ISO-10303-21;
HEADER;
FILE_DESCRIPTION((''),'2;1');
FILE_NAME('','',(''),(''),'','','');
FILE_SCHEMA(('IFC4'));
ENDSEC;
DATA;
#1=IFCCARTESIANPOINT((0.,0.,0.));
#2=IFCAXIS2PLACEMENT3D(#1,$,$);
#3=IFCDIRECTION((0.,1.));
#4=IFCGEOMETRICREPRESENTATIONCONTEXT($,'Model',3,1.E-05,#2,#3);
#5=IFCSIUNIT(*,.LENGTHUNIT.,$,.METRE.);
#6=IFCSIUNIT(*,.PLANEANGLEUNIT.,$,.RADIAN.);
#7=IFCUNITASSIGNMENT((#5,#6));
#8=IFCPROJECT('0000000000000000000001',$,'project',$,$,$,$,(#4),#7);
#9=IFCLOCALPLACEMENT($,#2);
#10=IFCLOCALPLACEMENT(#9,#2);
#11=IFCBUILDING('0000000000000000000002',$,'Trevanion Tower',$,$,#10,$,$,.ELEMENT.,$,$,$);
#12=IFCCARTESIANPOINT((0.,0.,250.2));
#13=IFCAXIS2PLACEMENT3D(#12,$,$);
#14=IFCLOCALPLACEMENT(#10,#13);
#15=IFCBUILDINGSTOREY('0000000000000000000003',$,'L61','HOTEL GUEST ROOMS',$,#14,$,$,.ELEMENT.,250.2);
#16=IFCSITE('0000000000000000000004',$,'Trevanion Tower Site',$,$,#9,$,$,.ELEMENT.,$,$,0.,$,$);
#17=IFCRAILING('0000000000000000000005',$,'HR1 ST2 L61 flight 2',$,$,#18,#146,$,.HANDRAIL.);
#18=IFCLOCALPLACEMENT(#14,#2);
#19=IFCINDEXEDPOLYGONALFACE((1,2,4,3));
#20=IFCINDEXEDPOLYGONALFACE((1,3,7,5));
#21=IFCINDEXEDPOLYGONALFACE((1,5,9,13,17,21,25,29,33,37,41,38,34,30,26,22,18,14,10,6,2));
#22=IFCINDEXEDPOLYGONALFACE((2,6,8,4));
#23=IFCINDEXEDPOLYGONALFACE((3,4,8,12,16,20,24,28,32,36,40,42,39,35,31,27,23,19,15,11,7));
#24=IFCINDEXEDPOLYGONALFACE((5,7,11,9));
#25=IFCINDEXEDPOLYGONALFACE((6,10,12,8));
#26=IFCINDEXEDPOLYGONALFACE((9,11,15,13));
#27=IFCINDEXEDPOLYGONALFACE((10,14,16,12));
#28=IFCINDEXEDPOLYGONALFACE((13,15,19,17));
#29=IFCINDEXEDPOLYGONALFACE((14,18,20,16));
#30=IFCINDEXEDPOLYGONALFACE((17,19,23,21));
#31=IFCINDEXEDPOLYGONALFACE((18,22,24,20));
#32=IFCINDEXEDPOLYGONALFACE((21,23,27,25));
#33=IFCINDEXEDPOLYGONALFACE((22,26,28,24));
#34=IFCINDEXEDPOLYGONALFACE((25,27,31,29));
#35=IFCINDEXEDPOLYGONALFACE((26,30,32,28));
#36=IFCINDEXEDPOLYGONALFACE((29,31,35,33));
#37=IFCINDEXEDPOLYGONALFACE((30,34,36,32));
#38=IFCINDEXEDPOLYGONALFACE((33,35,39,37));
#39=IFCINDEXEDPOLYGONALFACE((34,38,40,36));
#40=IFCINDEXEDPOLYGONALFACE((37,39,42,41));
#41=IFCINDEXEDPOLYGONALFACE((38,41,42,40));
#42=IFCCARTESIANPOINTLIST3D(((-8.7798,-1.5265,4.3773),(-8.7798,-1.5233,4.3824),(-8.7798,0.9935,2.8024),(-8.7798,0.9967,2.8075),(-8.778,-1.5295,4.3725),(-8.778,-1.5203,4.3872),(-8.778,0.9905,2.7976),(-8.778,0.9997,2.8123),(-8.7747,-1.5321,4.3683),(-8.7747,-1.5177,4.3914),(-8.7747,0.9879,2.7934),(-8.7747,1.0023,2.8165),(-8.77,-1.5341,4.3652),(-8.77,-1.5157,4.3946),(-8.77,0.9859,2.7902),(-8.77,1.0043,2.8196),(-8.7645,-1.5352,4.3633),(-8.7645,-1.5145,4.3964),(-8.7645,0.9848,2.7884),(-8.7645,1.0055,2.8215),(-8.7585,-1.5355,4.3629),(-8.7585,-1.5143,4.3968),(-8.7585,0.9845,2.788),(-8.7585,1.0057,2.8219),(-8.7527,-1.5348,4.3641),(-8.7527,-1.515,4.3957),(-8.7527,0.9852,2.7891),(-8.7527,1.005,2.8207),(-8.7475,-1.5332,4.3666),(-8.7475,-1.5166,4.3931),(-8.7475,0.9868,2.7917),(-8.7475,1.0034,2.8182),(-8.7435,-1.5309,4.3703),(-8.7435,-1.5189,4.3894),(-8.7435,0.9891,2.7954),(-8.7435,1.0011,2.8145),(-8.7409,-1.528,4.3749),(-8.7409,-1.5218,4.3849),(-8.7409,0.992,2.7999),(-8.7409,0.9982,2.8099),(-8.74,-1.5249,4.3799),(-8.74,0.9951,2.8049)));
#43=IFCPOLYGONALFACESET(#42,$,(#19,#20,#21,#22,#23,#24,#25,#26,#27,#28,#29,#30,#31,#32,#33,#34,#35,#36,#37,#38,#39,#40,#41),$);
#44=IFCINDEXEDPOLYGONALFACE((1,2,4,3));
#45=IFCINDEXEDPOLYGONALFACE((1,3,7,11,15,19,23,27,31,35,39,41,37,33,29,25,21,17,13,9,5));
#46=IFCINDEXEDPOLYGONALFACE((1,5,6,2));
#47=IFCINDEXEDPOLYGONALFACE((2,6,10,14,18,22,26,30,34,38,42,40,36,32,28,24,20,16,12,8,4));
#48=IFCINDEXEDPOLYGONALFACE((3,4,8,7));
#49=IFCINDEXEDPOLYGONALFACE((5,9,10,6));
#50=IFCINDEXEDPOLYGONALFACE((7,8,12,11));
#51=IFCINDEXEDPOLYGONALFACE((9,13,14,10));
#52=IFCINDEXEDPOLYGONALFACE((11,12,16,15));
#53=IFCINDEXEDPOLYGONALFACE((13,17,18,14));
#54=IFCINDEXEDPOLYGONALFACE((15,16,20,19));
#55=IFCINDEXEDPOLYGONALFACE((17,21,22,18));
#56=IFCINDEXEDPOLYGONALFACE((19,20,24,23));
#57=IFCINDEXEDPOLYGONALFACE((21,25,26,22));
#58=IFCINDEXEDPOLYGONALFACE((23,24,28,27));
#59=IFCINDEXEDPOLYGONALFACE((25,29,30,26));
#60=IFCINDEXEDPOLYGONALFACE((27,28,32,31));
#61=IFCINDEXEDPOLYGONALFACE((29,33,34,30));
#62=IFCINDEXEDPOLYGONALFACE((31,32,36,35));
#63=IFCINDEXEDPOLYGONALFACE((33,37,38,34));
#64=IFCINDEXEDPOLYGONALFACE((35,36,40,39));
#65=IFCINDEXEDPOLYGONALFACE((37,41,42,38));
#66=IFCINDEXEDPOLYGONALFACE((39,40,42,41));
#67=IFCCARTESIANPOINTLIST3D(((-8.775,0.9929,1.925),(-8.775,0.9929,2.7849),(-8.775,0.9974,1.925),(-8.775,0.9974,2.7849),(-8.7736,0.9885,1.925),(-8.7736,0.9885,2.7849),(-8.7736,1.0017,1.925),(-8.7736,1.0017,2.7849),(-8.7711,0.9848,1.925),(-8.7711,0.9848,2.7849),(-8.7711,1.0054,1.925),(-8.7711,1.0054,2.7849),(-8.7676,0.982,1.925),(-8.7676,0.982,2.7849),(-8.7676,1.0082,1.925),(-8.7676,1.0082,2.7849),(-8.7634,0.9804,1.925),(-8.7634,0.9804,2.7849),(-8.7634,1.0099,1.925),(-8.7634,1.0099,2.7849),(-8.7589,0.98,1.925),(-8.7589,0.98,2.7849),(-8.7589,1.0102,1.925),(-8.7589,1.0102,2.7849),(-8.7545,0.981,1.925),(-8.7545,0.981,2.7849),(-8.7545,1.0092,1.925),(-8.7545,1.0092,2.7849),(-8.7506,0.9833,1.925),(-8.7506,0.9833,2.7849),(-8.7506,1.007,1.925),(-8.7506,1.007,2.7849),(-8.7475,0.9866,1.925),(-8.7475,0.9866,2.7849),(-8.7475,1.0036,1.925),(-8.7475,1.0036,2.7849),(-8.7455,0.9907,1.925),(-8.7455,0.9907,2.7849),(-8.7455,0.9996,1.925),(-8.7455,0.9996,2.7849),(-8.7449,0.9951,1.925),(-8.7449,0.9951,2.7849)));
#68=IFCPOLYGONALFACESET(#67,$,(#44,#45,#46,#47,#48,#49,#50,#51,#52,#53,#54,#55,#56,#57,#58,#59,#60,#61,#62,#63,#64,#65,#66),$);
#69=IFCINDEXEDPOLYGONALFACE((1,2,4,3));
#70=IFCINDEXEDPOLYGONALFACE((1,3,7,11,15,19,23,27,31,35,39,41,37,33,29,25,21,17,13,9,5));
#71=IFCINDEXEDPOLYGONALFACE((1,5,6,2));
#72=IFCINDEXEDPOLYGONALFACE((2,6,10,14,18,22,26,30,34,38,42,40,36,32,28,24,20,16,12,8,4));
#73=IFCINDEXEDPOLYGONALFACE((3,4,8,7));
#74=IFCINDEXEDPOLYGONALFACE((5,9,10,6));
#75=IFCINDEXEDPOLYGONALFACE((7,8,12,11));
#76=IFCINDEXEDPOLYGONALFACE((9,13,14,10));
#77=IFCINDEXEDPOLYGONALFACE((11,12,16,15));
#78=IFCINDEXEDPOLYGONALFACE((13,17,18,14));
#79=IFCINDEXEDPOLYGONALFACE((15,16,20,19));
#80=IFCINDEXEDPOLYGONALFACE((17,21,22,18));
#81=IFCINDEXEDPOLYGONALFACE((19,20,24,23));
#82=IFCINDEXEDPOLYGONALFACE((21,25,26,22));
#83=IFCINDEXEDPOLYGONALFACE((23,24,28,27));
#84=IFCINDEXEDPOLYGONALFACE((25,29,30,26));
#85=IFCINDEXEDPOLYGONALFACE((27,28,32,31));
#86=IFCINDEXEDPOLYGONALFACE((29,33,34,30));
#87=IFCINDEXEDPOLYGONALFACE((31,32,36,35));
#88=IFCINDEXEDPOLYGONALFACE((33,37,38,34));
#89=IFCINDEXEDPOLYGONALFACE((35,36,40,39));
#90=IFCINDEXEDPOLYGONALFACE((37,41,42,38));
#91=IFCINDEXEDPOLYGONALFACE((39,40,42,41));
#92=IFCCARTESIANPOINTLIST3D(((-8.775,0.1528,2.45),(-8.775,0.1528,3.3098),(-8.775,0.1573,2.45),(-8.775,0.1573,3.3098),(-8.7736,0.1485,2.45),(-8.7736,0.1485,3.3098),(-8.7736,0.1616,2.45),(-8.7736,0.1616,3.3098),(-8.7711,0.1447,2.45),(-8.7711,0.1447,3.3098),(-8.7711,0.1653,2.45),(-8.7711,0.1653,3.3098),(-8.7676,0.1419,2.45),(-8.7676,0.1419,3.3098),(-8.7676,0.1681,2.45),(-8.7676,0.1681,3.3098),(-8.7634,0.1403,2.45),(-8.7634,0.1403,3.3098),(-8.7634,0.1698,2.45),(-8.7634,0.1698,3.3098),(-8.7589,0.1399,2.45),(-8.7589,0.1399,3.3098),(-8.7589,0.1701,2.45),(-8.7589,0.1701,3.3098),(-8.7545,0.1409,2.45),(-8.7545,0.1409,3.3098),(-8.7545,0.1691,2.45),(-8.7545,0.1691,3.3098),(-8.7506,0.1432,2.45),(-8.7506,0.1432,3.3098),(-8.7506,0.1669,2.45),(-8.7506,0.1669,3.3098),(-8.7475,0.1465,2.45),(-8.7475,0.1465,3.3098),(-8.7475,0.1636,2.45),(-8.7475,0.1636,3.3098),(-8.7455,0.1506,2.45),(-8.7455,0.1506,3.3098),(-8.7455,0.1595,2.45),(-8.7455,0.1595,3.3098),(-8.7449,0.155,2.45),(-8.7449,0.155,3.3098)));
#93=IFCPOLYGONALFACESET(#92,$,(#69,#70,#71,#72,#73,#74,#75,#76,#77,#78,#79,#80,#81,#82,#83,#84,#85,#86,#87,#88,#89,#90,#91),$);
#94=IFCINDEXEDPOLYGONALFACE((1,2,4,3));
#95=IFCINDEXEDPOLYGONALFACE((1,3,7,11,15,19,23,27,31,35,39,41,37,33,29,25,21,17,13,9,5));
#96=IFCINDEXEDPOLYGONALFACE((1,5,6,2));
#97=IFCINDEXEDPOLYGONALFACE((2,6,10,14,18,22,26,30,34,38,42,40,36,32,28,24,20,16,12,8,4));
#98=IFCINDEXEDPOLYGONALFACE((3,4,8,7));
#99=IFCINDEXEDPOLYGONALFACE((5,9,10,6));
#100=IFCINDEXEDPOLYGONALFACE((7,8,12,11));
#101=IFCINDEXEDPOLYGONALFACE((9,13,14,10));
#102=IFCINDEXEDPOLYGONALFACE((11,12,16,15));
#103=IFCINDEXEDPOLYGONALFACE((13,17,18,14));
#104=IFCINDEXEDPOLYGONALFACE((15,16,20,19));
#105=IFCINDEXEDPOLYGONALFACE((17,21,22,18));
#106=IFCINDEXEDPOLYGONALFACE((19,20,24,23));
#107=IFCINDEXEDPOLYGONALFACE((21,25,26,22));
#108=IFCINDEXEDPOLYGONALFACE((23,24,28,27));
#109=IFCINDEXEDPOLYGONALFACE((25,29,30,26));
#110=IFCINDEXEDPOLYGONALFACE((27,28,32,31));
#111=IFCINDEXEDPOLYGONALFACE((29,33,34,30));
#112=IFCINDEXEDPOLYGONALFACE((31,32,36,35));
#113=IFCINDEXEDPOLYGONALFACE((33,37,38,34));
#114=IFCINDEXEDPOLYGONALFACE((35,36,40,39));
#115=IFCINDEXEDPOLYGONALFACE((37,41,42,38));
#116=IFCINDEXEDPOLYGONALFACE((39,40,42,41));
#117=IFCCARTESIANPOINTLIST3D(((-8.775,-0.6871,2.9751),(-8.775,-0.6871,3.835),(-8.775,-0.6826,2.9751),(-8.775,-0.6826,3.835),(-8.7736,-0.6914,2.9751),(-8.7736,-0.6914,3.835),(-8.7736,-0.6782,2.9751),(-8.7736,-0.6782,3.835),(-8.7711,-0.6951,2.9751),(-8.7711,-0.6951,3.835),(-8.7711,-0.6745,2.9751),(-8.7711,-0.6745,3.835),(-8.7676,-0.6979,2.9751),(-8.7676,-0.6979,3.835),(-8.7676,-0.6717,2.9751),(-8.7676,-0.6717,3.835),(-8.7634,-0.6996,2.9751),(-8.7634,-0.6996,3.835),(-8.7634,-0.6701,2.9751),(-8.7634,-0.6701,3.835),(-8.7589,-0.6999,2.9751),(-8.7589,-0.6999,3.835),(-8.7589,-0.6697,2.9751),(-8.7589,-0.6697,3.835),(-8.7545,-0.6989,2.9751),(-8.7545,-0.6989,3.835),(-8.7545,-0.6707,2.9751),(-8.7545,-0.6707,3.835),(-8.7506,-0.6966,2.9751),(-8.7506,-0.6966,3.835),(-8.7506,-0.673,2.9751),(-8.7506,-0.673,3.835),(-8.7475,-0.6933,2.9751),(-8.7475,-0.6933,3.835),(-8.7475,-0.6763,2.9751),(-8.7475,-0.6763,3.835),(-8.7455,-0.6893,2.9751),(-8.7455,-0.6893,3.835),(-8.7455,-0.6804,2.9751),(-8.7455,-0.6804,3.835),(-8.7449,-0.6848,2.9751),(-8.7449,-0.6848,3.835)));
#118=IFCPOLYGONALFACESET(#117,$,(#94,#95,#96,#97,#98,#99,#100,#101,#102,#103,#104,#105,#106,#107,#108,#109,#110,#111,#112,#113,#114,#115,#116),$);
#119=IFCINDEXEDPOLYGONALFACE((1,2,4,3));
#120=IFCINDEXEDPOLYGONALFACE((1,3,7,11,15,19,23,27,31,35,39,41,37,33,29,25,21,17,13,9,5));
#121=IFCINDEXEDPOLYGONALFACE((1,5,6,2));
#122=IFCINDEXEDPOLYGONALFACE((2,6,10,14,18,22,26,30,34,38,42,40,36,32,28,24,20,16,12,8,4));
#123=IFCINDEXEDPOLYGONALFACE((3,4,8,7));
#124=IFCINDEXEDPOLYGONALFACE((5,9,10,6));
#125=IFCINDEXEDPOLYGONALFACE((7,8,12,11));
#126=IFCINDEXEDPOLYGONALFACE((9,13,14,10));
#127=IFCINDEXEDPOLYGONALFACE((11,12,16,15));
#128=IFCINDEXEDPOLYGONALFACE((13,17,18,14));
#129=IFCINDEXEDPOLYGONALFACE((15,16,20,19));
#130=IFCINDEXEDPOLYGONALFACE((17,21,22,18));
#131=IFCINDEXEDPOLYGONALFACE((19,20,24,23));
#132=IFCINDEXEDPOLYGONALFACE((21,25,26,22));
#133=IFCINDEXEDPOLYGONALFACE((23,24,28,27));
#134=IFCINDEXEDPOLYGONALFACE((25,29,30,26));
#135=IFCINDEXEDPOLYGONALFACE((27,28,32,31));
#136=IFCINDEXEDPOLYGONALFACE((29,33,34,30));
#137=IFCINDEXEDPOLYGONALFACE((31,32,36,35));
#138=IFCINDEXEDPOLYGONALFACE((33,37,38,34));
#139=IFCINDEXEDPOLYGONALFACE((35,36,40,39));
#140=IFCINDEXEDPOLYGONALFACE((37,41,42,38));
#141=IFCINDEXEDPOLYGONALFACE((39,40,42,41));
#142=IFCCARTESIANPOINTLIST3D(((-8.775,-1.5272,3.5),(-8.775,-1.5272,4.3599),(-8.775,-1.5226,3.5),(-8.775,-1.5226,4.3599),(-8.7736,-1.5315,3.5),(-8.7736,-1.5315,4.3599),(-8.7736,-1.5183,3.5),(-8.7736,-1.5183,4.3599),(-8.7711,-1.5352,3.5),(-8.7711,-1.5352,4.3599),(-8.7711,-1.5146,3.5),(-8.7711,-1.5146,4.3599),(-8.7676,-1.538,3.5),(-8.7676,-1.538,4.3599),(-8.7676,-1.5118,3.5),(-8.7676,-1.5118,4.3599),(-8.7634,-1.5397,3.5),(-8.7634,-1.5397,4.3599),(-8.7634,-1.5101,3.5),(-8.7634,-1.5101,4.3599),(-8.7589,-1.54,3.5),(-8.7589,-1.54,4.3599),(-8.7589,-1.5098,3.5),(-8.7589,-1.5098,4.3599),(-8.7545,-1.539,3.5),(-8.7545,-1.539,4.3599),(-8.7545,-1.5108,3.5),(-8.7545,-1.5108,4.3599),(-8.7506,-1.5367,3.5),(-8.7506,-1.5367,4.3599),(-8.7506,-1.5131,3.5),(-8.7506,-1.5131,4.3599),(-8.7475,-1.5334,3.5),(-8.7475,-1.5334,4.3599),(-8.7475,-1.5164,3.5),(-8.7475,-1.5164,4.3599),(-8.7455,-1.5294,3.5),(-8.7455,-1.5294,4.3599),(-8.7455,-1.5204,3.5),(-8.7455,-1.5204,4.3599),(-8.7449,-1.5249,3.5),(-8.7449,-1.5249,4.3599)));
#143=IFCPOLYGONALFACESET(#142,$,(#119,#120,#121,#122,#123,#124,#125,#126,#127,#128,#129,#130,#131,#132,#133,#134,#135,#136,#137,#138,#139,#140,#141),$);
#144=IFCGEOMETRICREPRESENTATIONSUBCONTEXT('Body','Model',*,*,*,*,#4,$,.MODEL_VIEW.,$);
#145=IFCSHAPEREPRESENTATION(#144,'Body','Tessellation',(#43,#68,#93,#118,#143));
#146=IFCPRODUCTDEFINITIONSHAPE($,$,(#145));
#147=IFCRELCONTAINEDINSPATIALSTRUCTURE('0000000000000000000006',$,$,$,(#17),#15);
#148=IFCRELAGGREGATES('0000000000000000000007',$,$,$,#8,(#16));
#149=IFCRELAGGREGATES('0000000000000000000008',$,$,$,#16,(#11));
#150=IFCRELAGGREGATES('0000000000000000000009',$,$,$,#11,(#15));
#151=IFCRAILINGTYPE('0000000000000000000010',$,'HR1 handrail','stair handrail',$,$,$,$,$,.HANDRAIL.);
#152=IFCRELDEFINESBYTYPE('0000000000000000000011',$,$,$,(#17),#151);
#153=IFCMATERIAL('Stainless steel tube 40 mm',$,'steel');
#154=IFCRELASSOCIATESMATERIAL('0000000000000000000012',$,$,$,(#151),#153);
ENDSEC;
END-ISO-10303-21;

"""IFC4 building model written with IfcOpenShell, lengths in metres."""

from ifc_helpers import new_model, si_unit, direction, frame, origin, origin_2d, place, context, subcontext, project, spatial, circle, extrude, material, type_object, element, save


model = new_model("IFC4")

# Units and contexts
model_context = context("Model", 3, precision=1e-05, world=origin(), true_north=direction((0.0, 1.0)))
body_context = subcontext(model_context, "Body", "Model", "MODEL_VIEW")
ifc_project = project(units=[si_unit("LENGTHUNIT", "METRE"), si_unit("PLANEANGLEUNIT", "RADIAN")], contexts=[model_context])

# Site, building, storey
site_placement = place(None, origin())
site = spatial("IfcSite", under=ifc_project, at=site_placement, Name="Trevanion Tower Site", CompositionType="ELEMENT", RefElevation=0.0)
building_placement = place(site_placement, origin())
building = spatial("IfcBuilding", under=site, at=building_placement, Name="Trevanion Tower", CompositionType="ELEMENT")
storey_placement = place(building_placement, frame((0.0, 0.0, 250.2)))
storey = spatial("IfcBuildingStorey", under=building, at=storey_placement, Name="L61", Description="HOTEL GUEST ROOMS", CompositionType="ELEMENT", Elevation=250.2)

# Railing
ifc_material_1 = material(Name="Stainless steel tube 40 mm", Category="steel")
railing_type = type_object("IfcRailingType", Name="HR1 handrail", Description="stair handrail", PredefinedType="HANDRAIL", material=ifc_material_1)
for number, where, name in (
    (1, (-8.76, 0.9951, 1.925), "HR1 ST2 L61 flight 2"),
):
    element("IfcRailing", number, at=place(storey_placement, frame(where)), inside=storey, type_object=railing_type, Name=name, PredefinedType="HANDRAIL", context=body_context, shape_type="SweptSolid", body=[
        extrude(circle(Radius=0.02, at=origin_2d()), frame((0.0, 0.0, 0.8799), z_axis=(0.0, -0.848008, 0.529984), x_axis=(1.0, 0.0, 0.0)), (0.0, 0.0, 1.0), 2.9717),
        extrude(circle(Radius=0.0151, at=origin_2d()), origin(), (0.0, 0.0, 1.0), 0.8599),
        extrude(circle(Radius=0.0151, at=origin_2d()), frame((0.0, -0.8401, 0.5249)), (0.0, 0.0, 1.0), 0.8599),
        extrude(circle(Radius=0.0151, at=origin_2d()), frame((0.0, -1.6799, 1.05)), (0.0, 0.0, 1.0), 0.8599),
        extrude(circle(Radius=0.0151, at=origin_2d()), frame((0.0, -2.52, 1.575)), (0.0, 0.0, 1.0), 0.8599),
    ])

save(model, "model.ifc")
